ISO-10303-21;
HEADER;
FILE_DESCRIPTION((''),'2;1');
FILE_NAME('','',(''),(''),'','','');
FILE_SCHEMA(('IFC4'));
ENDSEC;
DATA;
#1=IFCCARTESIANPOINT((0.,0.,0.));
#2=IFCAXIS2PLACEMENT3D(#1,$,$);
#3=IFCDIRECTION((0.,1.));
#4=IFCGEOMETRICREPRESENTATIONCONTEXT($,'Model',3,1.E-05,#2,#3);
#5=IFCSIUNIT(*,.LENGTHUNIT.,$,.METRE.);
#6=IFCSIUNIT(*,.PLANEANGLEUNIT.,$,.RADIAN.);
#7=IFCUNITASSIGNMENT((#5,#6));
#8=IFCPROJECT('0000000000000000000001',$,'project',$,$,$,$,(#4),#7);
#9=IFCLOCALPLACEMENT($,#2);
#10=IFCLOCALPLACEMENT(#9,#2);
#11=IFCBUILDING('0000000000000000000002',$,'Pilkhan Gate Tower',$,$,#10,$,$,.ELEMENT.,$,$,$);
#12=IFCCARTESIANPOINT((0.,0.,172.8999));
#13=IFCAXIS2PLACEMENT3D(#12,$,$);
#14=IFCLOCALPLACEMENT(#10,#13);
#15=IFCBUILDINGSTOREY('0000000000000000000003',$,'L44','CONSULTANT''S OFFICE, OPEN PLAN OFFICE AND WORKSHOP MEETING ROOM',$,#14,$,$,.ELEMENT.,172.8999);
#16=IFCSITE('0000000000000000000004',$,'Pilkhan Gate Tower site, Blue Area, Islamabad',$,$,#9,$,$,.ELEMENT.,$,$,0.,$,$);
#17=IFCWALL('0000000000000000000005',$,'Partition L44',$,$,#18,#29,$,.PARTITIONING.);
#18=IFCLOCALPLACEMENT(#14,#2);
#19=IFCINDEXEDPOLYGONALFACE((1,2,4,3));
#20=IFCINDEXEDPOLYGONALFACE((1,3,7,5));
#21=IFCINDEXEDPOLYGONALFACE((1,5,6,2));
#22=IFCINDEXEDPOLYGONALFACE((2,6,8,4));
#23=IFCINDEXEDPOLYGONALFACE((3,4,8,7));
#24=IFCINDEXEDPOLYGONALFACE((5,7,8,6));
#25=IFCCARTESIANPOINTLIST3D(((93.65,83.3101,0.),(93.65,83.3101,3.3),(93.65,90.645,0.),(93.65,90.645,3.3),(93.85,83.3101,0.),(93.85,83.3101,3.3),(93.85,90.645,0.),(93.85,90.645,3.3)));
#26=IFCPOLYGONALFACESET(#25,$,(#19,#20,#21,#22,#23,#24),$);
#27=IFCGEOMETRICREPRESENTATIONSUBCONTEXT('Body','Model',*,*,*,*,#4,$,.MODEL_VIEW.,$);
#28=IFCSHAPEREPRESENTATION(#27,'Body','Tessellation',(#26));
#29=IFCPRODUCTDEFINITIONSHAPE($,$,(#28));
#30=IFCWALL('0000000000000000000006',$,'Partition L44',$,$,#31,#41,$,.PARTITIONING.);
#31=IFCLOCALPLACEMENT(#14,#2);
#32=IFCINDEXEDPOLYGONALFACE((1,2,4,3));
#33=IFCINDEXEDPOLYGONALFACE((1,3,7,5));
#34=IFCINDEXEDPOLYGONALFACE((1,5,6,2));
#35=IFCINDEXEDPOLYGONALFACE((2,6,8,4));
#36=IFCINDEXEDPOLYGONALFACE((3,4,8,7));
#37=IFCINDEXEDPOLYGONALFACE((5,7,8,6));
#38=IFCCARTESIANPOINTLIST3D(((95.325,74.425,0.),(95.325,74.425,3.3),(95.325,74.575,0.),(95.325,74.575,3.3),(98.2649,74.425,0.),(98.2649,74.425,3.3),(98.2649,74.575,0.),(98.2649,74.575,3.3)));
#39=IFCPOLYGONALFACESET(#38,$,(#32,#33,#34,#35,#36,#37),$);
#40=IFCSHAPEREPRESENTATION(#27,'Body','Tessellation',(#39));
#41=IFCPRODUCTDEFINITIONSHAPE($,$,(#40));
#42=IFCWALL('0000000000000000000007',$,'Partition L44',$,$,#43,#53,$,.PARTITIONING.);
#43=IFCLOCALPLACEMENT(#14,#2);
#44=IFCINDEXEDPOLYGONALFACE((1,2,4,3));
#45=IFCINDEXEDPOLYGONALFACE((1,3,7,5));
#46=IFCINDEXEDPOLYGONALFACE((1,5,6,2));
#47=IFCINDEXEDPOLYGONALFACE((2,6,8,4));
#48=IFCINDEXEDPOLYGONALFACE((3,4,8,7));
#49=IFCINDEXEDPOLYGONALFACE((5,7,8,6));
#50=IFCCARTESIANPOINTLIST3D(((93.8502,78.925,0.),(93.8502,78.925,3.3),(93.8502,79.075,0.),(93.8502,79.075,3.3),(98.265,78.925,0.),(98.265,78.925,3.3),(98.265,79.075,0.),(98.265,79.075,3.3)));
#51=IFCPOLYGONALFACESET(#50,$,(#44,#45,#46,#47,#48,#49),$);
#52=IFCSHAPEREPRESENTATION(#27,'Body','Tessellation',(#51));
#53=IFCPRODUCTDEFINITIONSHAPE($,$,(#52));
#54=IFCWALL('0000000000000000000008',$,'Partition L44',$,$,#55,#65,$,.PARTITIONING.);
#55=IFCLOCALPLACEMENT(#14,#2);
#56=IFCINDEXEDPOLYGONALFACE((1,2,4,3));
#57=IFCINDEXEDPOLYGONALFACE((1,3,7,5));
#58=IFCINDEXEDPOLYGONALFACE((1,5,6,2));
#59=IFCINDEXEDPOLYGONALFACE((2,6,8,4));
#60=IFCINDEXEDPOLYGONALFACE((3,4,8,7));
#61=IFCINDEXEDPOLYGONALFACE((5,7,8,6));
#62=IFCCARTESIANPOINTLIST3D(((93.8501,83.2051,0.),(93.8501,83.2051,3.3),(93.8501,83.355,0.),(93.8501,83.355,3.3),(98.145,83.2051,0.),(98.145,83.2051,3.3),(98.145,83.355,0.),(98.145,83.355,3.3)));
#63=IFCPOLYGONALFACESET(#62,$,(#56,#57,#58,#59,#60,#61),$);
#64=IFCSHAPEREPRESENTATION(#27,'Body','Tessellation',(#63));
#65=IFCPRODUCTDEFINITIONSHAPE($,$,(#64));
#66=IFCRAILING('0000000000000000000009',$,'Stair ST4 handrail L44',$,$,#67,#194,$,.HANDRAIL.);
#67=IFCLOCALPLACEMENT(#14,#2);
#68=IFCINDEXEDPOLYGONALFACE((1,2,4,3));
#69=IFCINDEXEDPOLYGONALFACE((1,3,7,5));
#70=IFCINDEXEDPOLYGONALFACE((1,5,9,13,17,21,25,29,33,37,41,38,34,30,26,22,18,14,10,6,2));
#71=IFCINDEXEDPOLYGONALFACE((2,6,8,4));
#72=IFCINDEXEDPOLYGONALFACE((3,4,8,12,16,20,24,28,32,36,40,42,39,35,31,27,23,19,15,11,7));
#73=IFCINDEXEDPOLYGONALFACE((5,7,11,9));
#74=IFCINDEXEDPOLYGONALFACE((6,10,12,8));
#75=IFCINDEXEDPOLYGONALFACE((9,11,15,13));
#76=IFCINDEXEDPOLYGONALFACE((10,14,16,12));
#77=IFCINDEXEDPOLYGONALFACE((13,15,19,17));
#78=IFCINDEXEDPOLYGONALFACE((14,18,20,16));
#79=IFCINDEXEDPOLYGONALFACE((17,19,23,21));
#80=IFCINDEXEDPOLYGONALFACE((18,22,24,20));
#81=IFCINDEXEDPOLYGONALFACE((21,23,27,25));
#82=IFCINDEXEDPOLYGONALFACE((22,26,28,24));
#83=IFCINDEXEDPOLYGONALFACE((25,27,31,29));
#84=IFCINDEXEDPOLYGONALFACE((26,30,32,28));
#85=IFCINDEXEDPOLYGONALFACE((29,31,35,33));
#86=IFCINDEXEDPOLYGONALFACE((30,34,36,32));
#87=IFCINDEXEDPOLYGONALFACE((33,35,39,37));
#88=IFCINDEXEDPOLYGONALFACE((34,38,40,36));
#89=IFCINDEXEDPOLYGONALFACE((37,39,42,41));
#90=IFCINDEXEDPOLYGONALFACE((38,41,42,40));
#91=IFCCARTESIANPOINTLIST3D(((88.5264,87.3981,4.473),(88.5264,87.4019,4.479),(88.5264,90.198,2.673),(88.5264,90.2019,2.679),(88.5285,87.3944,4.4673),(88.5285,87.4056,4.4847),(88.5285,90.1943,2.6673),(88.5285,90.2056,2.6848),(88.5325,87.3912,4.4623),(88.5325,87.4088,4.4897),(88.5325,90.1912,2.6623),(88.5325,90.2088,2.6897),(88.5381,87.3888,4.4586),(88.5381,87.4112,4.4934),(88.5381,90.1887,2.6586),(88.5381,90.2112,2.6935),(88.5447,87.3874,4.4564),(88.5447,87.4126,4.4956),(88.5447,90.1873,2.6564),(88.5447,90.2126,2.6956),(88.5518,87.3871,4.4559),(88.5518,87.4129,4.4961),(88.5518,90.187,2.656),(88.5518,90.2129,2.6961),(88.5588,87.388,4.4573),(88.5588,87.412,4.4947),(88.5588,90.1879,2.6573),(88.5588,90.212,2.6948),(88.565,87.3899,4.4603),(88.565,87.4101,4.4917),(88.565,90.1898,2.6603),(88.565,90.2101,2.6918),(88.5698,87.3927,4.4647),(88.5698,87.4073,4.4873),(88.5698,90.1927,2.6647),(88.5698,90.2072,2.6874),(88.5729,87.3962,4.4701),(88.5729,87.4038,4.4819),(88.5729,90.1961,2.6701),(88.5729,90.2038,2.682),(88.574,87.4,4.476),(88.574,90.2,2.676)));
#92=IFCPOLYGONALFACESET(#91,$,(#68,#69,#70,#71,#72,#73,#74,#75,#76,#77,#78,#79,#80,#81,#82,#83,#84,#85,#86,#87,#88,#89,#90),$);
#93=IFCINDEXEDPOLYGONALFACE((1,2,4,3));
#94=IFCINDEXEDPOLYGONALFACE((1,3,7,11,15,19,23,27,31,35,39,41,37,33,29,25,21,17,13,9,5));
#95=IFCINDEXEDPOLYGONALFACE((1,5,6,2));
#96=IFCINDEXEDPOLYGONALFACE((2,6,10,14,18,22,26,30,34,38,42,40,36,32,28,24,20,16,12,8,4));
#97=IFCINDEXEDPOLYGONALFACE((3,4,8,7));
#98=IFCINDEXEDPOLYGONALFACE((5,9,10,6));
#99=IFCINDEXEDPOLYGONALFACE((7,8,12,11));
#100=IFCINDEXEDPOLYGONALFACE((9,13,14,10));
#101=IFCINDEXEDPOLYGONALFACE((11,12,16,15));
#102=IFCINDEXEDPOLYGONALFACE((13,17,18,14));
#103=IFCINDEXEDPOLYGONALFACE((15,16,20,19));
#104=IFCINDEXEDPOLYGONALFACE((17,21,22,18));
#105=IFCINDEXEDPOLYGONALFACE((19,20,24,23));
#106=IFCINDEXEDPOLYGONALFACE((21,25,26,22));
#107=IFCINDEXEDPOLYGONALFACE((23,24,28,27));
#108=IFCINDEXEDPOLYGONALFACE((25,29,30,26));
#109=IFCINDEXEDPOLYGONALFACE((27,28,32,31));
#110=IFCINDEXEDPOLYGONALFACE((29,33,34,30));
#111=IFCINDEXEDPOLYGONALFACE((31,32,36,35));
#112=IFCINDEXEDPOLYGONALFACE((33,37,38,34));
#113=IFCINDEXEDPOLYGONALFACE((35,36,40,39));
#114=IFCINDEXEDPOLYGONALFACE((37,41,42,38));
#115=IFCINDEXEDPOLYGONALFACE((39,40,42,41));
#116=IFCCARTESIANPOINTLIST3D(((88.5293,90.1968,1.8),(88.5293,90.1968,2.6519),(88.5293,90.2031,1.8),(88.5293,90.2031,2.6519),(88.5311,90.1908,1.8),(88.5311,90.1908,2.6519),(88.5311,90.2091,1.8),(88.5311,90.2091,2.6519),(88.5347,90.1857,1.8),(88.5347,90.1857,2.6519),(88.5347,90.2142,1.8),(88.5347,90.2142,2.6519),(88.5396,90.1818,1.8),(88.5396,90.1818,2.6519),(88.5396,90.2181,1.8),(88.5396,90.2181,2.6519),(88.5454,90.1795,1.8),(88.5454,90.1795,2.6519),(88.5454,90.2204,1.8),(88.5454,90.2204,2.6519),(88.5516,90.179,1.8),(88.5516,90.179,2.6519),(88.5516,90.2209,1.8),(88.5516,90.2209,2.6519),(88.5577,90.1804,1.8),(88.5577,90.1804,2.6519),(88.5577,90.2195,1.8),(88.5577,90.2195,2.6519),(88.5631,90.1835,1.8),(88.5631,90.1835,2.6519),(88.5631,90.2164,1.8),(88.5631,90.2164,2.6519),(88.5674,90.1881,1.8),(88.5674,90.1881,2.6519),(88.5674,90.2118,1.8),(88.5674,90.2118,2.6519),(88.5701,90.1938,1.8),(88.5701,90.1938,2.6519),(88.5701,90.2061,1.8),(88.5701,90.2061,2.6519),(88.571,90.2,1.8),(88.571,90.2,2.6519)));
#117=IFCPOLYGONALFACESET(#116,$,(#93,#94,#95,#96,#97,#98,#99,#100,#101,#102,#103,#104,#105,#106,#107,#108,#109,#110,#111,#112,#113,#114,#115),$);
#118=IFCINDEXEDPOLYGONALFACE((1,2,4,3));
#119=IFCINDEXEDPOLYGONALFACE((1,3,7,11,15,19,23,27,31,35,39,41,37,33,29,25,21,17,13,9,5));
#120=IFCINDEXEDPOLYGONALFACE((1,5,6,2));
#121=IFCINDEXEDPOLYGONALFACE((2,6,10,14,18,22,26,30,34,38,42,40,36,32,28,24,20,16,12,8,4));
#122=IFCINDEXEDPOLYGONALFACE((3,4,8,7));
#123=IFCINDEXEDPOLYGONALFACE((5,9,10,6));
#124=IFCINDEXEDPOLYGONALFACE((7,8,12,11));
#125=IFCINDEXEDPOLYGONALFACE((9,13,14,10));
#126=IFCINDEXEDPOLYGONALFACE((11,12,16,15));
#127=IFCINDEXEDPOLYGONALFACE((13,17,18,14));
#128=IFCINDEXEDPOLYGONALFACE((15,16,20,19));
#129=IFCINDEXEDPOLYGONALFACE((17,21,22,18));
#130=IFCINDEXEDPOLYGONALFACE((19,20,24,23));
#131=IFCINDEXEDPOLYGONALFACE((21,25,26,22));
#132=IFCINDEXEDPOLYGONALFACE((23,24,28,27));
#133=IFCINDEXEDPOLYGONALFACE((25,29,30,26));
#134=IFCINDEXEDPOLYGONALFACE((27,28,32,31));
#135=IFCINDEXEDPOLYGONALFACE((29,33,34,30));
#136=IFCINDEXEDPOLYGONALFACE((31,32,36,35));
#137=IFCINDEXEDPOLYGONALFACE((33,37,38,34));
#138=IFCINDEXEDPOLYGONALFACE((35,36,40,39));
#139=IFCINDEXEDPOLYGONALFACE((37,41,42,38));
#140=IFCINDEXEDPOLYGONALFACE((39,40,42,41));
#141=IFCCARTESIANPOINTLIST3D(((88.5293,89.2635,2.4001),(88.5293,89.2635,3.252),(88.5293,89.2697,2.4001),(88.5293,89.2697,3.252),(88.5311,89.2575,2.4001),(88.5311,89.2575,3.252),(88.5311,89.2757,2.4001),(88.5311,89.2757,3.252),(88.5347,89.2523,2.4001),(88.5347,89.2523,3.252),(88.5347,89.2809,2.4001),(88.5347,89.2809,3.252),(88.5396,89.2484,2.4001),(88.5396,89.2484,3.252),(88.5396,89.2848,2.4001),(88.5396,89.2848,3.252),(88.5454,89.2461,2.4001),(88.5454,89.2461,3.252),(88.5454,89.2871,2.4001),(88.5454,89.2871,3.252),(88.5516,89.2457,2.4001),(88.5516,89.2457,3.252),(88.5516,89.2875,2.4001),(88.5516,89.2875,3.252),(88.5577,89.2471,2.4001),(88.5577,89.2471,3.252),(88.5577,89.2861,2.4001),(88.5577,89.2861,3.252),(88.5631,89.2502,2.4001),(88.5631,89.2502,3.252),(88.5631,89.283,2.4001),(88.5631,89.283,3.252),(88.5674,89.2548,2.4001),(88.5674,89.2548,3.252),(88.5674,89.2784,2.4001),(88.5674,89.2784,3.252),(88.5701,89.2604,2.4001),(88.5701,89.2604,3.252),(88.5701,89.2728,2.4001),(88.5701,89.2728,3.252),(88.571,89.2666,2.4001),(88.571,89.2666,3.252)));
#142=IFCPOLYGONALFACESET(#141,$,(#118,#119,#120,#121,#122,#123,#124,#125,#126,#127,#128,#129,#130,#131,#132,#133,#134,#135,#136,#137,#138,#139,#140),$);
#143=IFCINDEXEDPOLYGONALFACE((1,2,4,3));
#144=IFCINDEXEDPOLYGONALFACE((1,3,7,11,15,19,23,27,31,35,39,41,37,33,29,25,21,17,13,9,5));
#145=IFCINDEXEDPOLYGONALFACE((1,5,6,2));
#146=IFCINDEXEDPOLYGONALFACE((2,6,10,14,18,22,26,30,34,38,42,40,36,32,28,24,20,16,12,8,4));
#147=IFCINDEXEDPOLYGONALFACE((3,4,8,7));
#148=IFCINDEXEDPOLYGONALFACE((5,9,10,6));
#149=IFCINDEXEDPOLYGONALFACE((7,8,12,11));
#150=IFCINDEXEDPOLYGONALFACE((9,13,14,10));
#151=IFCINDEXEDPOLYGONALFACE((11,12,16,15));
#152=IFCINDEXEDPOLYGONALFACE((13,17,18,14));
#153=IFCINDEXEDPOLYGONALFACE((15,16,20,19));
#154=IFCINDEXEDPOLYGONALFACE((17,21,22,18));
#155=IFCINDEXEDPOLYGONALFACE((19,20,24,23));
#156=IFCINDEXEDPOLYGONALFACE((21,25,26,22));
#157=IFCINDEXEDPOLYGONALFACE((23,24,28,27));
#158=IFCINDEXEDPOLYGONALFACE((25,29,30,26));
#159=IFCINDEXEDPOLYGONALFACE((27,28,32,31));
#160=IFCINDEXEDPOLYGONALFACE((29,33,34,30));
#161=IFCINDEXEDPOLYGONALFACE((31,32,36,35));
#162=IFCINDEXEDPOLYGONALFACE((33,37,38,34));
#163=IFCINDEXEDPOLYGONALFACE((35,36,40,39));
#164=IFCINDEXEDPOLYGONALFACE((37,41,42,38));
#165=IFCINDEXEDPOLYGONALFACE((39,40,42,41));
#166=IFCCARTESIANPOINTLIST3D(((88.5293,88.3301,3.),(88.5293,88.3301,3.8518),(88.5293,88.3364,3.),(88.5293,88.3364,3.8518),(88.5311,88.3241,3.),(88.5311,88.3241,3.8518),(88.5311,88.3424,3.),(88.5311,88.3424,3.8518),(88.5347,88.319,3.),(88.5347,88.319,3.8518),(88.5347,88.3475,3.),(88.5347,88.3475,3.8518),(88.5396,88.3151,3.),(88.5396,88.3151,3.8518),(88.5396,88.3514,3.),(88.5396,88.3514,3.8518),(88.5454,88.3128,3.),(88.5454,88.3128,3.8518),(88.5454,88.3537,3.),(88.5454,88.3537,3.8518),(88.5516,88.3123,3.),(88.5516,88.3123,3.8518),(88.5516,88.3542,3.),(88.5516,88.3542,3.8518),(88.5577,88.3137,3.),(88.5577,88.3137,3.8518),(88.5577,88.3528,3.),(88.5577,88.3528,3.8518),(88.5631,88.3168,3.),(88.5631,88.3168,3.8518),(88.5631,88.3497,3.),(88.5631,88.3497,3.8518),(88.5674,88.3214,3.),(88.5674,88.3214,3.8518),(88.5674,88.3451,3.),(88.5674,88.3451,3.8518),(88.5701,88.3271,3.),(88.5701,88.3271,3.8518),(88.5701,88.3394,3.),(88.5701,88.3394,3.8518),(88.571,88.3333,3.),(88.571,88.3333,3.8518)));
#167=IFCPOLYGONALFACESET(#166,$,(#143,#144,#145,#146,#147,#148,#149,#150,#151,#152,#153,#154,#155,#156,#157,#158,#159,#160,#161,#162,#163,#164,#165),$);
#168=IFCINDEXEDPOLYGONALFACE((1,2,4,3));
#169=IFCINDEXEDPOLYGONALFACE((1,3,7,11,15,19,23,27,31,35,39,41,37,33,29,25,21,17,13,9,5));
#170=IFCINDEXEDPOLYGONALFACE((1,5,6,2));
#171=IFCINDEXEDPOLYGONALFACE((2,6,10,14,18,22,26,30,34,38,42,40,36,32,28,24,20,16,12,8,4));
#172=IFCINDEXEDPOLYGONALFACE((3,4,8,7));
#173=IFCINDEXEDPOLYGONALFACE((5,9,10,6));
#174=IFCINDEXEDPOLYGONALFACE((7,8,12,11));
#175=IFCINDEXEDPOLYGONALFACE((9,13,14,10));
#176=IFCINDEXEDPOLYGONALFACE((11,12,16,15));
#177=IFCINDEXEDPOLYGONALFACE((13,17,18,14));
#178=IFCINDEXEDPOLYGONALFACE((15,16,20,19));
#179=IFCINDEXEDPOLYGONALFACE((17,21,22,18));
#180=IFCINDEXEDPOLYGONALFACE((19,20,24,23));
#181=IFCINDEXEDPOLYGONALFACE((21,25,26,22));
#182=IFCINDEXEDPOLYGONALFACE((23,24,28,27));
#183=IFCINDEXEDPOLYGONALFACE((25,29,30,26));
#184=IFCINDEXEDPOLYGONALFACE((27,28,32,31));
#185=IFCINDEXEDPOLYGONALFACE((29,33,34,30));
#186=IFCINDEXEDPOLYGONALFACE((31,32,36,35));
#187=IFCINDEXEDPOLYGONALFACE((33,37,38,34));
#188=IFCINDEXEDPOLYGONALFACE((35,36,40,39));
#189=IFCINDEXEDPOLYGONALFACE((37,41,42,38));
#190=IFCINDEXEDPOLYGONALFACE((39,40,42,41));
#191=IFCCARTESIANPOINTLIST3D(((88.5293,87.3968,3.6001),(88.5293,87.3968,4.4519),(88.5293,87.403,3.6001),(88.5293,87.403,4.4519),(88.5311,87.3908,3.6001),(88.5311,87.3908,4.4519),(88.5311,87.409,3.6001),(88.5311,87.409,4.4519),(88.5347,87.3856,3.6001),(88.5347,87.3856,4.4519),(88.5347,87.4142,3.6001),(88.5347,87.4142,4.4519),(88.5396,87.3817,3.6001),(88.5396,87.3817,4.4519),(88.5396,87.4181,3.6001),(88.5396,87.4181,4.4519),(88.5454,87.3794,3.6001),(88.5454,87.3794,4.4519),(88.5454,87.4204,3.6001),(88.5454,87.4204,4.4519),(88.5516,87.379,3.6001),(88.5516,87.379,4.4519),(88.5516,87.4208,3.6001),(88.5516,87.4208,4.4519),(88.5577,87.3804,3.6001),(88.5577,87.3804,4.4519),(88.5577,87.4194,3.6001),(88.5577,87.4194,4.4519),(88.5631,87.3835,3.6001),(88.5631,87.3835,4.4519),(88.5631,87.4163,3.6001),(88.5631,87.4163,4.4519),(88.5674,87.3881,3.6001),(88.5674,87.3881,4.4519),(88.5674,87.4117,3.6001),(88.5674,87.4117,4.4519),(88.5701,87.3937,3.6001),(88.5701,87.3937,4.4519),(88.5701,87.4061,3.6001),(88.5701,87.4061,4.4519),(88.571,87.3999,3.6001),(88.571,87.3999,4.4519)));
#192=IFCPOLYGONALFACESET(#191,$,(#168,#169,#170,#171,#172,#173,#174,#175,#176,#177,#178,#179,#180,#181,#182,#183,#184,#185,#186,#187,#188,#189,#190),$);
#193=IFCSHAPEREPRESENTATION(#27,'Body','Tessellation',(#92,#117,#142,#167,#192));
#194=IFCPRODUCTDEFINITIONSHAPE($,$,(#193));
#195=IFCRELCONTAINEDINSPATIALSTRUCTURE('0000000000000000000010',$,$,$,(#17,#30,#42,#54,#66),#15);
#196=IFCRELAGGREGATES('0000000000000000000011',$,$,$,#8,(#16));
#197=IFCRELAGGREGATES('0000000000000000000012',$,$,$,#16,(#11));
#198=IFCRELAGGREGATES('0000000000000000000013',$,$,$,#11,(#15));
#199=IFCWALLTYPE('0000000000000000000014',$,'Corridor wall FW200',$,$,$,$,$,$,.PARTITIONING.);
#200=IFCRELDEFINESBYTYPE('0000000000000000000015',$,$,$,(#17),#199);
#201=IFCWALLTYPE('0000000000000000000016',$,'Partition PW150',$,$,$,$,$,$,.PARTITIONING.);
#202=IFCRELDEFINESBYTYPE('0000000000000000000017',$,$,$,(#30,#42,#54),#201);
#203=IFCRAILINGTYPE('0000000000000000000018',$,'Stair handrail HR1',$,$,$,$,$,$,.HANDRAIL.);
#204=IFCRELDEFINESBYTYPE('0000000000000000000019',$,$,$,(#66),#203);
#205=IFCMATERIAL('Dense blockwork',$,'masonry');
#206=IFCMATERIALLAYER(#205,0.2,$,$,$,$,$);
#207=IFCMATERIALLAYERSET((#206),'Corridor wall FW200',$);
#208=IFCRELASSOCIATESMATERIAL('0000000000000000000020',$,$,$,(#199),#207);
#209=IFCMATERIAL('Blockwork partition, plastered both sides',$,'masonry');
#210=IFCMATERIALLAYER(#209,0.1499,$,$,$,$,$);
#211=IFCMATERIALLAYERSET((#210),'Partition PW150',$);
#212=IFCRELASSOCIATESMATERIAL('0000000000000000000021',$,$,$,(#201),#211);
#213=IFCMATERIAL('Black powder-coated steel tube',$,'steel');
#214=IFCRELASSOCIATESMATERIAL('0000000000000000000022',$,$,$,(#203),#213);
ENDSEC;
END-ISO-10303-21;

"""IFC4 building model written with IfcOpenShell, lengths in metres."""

from ifc_helpers import new_model, si_unit, direction, frame, frame_2d, origin, origin_2d, place, context, subcontext, project, spatial, rectangle, circle, extrude, material, layer, layer_set, type_object, element, save


model = new_model("IFC4")

# Units and contexts
model_context = context("Model", 3, precision=1e-05, world=origin(), true_north=direction((0.0, 1.0)))
body_context = subcontext(model_context, "Body", "Model", "MODEL_VIEW")
ifc_project = project(units=[si_unit("LENGTHUNIT", "METRE"), si_unit("PLANEANGLEUNIT", "RADIAN")], contexts=[model_context])

# Site, building, storey
site_placement = place(None, origin())
site = spatial("IfcSite", under=ifc_project, at=site_placement, Name="Pilkhan Gate Tower site, Blue Area, Islamabad", CompositionType="ELEMENT", RefElevation=0.0)
building_placement = place(site_placement, origin())
building = spatial("IfcBuilding", under=site, at=building_placement, Name="Pilkhan Gate Tower", CompositionType="ELEMENT")
storey_placement = place(building_placement, frame((0.0, 0.0, 172.8999)))
storey = spatial("IfcBuildingStorey", under=building, at=storey_placement, Name="L44", Description="CONSULTANT'S OFFICE, OPEN PLAN OFFICE AND WORKSHOP MEETING ROOM", CompositionType="ELEMENT", Elevation=172.8999)

# Walls
ifc_material_1 = material(Name="Dense blockwork", Category="masonry")
ifc_layer_1 = layer(ifc_material_1, 0.2)
ifc_layer_set_1 = layer_set([ifc_layer_1], Name="Corridor wall FW200")
wall_type_1 = type_object("IfcWallType", Name="Corridor wall FW200", PredefinedType="PARTITIONING", material=ifc_layer_set_1)
wall_1_placement = place(storey_placement, frame((93.75, 83.3101, 0.0), z_axis=(0.0, 0.0, 1.0), x_axis=(0.0, 1.0, 0.0)))
element("IfcWall", 1, at=wall_1_placement, inside=storey, type_object=wall_type_1, Name="Partition L44", PredefinedType="PARTITIONING", context=body_context, shape_type="SweptSolid", body=[
    extrude(rectangle(XDim=7.335, YDim=0.2, at=frame_2d((3.6675, 0.0))), origin(), (0.0, 0.0, 1.0), 3.3),
])
ifc_material_2 = material(Name="Blockwork partition, plastered both sides", Category="masonry")
ifc_layer_2 = layer(ifc_material_2, 0.1499)
ifc_layer_set_2 = layer_set([ifc_layer_2], Name="Partition PW150")
wall_type_2 = type_object("IfcWallType", Name="Partition PW150", PredefinedType="PARTITIONING", material=ifc_layer_set_2)
wall_2_placement = place(storey_placement, frame((95.325, 74.5, 0.0), z_axis=(0.0, 0.0, 1.0), x_axis=(1.0, 0.0, 0.0)))
element("IfcWall", 2, at=wall_2_placement, inside=storey, type_object=wall_type_2, Name="Partition L44", PredefinedType="PARTITIONING", context=body_context, shape_type="SweptSolid", body=[
    extrude(rectangle(XDim=2.9399, YDim=0.1499, at=frame_2d((1.47, 0.0))), origin(), (0.0, 0.0, 1.0), 3.3),
])
wall_3_placement = place(storey_placement, frame((93.8501, 79.0, 0.0), z_axis=(0.0, 0.0, 1.0), x_axis=(1.0, 0.0, 0.0)))
element("IfcWall", 3, at=wall_3_placement, inside=storey, type_object=wall_type_2, Name="Partition L44", PredefinedType="PARTITIONING", context=body_context, shape_type="SweptSolid", body=[
    extrude(rectangle(XDim=4.4148, YDim=0.1499, at=frame_2d((2.2075, 0.0))), origin(), (0.0, 0.0, 1.0), 3.3),
])
wall_4_placement = place(storey_placement, frame((93.8501, 83.28, 0.0), z_axis=(0.0, 0.0, 1.0), x_axis=(1.0, 0.0, 0.0)))
element("IfcWall", 4, at=wall_4_placement, inside=storey, type_object=wall_type_2, Name="Partition L44", PredefinedType="PARTITIONING", context=body_context, shape_type="SweptSolid", body=[
    extrude(rectangle(XDim=4.2949, YDim=0.1499, at=frame_2d((2.1475, 0.0))), origin(), (0.0, 0.0, 1.0), 3.3),
])

# Railing
ifc_material_3 = material(Name="Black powder-coated steel tube", Category="steel")
railing_type_1 = type_object("IfcRailingType", Name="Stair handrail HR1", PredefinedType="HANDRAIL", material=ifc_material_3)
railing_placement = place(storey_placement, frame((88.55, 90.2, 1.8)))
element("IfcRailing", 5, at=railing_placement, inside=storey, type_object=railing_type_1, Name="Stair ST4 handrail L44", PredefinedType="HANDRAIL", context=body_context, shape_type="SweptSolid", body=[
    extrude(circle(Radius=0.0239, at=origin_2d()), frame((0.0, 0.0, 0.876), z_axis=(0.0, -0.841176, 0.540761), x_axis=(1.0, 0.0, 0.0)), (0.0, 0.0, 1.0), 3.3286),
    extrude(circle(Radius=0.021, at=origin_2d()), origin(), (0.0, 0.0, 1.0), 0.8518),
    extrude(circle(Radius=0.021, at=origin_2d()), frame((0.0, -0.9333, 0.6001)), (0.0, 0.0, 1.0), 0.8518),
    extrude(circle(Radius=0.021, at=origin_2d()), frame((0.0, -1.8667, 1.2)), (0.0, 0.0, 1.0), 0.8518),
    extrude(circle(Radius=0.021, at=origin_2d()), frame((0.0, -2.8, 1.8)), (0.0, 0.0, 1.0), 0.8518),
])

save(model, "model.ifc")
